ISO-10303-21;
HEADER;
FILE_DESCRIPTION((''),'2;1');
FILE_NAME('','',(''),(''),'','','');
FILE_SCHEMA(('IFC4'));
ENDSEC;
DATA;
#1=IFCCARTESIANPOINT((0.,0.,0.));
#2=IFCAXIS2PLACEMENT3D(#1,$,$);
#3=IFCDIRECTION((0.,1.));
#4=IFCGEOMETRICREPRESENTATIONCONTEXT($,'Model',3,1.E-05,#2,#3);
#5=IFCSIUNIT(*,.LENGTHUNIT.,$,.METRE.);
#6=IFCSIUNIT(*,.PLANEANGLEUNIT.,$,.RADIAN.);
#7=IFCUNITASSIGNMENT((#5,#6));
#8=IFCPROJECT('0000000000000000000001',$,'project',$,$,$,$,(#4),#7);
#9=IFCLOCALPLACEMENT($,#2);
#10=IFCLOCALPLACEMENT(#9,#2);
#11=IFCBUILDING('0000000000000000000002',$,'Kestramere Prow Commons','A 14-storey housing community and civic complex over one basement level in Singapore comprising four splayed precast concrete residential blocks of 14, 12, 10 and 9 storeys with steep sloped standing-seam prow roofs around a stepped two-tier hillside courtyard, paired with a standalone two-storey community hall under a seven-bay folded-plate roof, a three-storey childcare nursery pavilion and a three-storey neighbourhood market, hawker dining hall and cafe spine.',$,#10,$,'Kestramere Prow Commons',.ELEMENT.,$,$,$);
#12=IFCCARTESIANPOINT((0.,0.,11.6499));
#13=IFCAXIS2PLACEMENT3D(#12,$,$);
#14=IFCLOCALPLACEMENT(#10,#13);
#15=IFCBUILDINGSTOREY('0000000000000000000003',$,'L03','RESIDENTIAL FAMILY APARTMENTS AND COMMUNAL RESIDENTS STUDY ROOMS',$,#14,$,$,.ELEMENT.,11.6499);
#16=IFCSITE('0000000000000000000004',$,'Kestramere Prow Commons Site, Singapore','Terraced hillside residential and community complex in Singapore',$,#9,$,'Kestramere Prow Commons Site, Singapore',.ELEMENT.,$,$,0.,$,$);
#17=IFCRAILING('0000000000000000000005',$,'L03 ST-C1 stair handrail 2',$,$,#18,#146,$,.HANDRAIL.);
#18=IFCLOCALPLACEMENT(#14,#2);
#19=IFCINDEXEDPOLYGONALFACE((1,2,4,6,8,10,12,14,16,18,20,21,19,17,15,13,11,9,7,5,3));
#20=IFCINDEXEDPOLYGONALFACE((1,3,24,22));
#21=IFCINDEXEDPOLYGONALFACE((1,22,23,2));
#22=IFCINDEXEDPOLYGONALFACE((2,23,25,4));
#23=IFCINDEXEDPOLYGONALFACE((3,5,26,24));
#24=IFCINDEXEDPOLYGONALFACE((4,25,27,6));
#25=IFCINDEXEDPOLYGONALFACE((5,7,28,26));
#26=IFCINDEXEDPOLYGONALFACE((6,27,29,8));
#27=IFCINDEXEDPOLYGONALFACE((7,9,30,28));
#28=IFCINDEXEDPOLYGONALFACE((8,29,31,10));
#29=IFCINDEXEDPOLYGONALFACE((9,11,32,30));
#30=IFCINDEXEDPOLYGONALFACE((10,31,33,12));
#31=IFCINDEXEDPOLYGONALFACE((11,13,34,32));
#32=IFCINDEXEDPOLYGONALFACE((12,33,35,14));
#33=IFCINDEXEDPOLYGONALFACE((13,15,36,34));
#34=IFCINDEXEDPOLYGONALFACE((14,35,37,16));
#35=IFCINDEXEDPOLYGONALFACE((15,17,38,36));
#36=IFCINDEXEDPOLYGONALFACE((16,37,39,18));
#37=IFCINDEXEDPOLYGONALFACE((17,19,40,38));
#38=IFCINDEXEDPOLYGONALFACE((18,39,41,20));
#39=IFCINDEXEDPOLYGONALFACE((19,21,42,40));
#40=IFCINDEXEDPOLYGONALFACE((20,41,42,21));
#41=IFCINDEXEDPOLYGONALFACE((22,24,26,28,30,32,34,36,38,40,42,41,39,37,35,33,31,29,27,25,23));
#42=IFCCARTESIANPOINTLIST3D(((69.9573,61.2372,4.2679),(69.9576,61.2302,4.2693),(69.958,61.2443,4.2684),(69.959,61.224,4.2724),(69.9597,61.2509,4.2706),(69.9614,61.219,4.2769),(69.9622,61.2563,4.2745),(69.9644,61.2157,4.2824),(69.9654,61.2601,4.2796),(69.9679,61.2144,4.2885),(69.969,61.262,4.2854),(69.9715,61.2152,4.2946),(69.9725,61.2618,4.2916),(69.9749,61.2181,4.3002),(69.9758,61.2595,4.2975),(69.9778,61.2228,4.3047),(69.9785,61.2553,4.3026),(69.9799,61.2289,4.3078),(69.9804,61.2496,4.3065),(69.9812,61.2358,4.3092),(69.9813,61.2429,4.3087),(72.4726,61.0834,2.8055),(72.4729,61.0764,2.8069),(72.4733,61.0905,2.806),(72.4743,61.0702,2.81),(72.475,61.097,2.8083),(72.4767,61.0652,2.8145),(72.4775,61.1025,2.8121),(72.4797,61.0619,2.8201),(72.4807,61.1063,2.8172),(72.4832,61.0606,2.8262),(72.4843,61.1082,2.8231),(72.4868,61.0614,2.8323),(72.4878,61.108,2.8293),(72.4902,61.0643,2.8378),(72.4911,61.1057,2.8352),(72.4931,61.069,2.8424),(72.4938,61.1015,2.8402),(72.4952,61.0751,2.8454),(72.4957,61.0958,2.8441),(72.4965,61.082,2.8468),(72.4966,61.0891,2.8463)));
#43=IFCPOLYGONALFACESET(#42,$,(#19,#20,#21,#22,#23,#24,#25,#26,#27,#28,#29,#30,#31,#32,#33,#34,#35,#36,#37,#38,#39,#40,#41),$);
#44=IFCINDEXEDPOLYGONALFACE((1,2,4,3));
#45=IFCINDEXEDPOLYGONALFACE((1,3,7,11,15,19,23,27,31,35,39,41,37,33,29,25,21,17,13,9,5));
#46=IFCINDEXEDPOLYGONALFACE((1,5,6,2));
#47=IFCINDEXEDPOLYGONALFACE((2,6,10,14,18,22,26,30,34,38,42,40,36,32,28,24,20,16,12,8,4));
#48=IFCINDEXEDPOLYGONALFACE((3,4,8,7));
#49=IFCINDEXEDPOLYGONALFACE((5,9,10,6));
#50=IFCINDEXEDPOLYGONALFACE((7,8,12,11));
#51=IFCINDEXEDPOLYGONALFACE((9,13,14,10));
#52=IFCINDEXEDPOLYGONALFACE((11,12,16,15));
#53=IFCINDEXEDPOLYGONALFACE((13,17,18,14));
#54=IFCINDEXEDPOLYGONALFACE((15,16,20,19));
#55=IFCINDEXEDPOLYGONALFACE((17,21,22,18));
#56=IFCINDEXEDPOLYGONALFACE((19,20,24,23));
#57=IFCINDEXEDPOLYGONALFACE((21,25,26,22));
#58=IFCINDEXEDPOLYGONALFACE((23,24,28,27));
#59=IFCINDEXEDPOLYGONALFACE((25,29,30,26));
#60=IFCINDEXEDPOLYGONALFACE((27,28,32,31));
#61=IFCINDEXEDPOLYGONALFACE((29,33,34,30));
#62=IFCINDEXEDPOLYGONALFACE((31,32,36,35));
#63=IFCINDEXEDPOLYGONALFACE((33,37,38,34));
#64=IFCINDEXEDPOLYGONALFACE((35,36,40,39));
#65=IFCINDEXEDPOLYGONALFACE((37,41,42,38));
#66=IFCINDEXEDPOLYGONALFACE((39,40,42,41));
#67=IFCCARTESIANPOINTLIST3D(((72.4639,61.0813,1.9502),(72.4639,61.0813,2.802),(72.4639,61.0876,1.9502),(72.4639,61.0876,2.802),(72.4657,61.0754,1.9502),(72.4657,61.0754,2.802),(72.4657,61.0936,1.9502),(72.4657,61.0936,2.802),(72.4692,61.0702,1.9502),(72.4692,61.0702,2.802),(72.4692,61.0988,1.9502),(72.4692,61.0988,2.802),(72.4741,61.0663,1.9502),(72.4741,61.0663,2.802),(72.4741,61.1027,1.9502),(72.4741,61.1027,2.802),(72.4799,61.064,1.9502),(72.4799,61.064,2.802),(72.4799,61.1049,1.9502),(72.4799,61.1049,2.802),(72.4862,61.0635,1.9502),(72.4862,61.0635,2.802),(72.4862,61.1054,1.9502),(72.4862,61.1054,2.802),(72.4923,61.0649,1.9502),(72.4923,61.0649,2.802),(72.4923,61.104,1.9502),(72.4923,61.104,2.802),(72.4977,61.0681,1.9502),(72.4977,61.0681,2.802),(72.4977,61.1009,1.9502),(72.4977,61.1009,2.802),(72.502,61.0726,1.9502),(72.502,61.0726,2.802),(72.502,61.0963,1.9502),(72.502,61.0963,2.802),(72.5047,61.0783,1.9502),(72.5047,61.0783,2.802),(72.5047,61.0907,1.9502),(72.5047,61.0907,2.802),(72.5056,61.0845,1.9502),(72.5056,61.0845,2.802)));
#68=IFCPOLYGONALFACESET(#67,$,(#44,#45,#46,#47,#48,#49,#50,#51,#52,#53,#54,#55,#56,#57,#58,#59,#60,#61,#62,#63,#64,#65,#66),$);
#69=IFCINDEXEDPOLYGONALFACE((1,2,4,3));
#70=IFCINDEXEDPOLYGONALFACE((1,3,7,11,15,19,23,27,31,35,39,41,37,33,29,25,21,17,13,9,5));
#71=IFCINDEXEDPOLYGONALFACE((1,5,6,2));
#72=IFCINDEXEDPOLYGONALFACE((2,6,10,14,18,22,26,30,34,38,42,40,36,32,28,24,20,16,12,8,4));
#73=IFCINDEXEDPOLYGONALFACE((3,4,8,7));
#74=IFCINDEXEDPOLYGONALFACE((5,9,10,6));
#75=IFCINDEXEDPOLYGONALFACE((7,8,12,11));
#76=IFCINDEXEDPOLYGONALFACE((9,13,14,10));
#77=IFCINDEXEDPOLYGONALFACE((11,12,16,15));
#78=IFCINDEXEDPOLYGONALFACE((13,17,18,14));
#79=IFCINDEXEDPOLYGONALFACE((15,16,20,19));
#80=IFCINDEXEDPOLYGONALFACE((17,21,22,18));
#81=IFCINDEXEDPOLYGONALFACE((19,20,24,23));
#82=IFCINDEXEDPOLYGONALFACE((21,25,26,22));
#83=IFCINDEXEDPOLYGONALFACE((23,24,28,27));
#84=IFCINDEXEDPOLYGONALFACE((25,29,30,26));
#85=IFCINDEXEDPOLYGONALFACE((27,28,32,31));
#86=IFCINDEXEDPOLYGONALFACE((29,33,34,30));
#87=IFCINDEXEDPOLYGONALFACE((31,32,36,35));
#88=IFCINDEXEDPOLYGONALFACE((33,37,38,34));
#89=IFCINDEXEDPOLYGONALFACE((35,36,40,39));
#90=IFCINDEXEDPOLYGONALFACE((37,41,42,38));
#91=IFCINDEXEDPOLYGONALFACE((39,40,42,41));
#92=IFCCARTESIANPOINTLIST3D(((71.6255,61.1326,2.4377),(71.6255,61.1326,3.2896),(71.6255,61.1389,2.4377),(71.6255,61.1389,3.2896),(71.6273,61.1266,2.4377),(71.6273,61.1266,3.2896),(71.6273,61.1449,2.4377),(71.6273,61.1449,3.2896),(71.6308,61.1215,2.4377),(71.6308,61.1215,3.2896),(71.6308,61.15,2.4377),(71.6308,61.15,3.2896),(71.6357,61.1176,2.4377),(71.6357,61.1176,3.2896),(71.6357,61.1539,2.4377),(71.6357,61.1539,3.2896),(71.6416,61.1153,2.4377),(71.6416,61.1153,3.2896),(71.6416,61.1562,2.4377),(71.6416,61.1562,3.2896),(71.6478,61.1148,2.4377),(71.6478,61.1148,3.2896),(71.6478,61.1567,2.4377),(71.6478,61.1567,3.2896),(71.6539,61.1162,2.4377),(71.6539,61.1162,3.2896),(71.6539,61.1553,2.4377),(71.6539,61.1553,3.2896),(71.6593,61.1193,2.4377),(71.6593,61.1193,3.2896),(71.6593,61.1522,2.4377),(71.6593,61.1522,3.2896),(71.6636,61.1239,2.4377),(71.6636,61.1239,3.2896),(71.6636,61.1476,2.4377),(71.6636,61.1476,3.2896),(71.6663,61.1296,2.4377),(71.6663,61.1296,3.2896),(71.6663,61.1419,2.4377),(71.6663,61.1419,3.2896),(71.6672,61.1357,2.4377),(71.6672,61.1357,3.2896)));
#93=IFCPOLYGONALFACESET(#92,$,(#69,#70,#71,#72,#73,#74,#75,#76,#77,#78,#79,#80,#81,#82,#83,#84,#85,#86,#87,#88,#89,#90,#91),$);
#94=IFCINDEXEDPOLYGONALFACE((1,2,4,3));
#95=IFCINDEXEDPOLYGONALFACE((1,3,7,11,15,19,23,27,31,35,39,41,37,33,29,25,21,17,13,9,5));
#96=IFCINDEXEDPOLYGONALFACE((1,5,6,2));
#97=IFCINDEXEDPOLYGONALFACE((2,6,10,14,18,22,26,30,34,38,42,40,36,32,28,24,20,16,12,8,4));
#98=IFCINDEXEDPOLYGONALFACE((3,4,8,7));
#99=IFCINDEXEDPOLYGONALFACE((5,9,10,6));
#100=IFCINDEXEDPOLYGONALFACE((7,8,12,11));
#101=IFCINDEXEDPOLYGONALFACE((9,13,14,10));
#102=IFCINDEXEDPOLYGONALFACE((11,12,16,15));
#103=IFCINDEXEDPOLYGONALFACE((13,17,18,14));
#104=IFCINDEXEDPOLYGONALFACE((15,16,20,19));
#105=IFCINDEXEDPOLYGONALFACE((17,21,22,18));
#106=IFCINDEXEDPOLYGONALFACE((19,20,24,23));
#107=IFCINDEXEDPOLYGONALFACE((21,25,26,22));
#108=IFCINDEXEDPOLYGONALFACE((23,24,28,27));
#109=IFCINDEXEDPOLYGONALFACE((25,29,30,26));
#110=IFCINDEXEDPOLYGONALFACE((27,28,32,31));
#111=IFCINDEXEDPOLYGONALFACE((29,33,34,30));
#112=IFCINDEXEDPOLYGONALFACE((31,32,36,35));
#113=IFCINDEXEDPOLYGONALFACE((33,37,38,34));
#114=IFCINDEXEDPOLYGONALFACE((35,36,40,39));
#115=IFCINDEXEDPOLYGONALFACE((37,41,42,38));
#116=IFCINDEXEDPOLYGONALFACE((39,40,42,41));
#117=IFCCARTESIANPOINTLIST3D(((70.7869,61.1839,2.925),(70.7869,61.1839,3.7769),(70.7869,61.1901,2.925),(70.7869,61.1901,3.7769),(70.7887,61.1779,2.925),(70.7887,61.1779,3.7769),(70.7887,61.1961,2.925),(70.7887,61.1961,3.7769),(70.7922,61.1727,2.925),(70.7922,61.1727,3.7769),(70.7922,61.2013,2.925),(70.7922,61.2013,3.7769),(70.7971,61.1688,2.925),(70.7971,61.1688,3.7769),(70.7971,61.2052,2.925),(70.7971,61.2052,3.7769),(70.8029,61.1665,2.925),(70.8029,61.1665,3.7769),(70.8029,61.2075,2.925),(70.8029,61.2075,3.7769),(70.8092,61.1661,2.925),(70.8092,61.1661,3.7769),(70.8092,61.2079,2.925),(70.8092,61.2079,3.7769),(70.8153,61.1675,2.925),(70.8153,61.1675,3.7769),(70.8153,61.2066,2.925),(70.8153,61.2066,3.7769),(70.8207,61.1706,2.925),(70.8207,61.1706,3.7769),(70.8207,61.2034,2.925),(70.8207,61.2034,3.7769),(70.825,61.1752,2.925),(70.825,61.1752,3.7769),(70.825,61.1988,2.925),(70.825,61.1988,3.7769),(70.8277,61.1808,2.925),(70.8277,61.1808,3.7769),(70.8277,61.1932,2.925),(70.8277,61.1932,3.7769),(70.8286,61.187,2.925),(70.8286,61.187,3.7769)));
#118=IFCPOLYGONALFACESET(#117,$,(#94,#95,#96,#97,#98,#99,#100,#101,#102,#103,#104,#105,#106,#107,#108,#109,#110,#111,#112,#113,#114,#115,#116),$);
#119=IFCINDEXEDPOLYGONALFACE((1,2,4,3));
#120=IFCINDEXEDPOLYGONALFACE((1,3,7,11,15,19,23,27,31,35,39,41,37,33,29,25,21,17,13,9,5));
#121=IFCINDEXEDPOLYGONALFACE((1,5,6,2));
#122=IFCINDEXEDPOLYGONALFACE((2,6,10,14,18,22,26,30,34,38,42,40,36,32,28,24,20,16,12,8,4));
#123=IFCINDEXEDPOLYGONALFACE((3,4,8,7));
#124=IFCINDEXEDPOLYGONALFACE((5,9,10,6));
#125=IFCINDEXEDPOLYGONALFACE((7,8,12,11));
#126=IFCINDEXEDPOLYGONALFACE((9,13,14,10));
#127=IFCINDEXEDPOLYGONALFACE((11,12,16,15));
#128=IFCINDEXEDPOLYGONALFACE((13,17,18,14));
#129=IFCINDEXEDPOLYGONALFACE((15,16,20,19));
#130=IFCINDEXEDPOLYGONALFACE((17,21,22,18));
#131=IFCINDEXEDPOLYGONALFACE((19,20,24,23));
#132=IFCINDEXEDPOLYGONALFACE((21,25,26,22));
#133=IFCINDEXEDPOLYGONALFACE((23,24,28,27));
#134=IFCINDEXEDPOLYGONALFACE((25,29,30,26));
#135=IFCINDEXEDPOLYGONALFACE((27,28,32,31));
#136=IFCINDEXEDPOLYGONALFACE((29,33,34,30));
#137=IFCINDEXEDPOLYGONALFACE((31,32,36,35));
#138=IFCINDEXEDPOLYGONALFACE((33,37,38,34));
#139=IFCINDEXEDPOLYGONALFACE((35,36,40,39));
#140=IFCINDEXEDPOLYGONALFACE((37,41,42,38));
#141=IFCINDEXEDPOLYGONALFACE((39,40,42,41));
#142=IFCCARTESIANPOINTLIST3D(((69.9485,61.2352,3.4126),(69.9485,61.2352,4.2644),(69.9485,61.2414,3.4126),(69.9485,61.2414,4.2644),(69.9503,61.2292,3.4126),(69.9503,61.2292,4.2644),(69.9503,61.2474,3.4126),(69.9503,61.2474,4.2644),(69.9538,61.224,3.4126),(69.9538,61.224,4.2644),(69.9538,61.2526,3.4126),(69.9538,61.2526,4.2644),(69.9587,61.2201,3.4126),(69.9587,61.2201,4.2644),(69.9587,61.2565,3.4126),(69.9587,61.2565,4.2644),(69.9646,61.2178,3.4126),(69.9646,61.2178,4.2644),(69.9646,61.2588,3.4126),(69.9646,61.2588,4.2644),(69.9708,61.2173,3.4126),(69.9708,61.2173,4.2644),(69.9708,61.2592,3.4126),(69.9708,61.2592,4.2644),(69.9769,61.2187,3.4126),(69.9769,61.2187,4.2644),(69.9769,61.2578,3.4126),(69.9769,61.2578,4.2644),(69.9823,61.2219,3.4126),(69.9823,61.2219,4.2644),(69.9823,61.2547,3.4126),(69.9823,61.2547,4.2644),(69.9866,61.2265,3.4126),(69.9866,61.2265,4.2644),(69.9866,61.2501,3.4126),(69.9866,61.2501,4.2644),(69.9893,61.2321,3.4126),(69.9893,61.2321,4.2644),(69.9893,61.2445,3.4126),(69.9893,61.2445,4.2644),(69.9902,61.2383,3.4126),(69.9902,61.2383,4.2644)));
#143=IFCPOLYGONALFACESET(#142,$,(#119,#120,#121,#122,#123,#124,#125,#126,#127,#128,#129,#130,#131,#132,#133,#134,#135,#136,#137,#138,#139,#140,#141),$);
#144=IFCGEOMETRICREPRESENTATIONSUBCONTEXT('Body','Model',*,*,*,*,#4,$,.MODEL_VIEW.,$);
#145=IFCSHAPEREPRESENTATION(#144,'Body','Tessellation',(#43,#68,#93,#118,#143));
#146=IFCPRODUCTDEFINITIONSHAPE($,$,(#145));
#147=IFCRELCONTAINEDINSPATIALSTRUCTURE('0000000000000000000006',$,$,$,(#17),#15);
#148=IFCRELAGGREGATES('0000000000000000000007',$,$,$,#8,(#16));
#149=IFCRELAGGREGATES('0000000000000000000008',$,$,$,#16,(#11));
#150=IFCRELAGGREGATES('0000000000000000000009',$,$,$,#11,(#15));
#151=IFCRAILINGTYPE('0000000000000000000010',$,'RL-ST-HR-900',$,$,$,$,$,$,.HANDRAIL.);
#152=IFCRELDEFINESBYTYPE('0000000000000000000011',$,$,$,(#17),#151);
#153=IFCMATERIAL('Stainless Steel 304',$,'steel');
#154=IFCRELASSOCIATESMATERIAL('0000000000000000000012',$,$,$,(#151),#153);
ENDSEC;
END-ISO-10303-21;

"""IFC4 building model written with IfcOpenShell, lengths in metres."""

from ifc_helpers import new_model, si_unit, direction, frame, origin, origin_2d, place, context, subcontext, project, spatial, circle, extrude, material, type_object, element, save


model = new_model("IFC4")

# Units and contexts
model_context = context("Model", 3, precision=1e-05, world=origin(), true_north=direction((0.0, 1.0)))
body_context = subcontext(model_context, "Body", "Model", "MODEL_VIEW")
ifc_project = project(units=[si_unit("LENGTHUNIT", "METRE"), si_unit("PLANEANGLEUNIT", "RADIAN")], contexts=[model_context])

# Site, building, storey
site_placement = place(None, origin())
site = spatial("IfcSite", under=ifc_project, at=site_placement, Name="Kestramere Prow Commons Site, Singapore", Description="Terraced hillside residential and community complex in Singapore", LongName="Kestramere Prow Commons Site, Singapore", CompositionType="ELEMENT", RefElevation=0.0)
building_placement = place(site_placement, origin())
building = spatial("IfcBuilding", under=site, at=building_placement, Name="Kestramere Prow Commons", Description="A 14-storey housing community and civic complex over one basement level in Singapore comprising four splayed precast concrete residential blocks of 14, 12, 10 and 9 storeys with steep sloped standing-seam prow roofs around a stepped two-tier hillside courtyard, paired with a standalone two-storey community hall under a seven-bay folded-plate roof, a three-storey childcare nursery pavilion and a three-storey neighbourhood market, hawker dining hall and cafe spine.", LongName="Kestramere Prow Commons", CompositionType="ELEMENT")
storey_placement = place(building_placement, frame((0.0, 0.0, 11.6499)))
storey = spatial("IfcBuildingStorey", under=building, at=storey_placement, Name="L03", Description="RESIDENTIAL FAMILY APARTMENTS AND COMMUNAL RESIDENTS STUDY ROOMS", CompositionType="ELEMENT", Elevation=11.6499)

# Railing
ifc_material_1 = material(Name="Stainless Steel 304", Category="steel")
railing_type_1 = type_object("IfcRailingType", Name="RL-ST-HR-900", PredefinedType="HANDRAIL", material=ifc_material_1)
railing_1_placement = place(storey_placement, frame((72.4846, 61.0845, 1.9502)))
element("IfcRailing", 1, at=railing_1_placement, inside=storey, type_object=railing_type_1, Name="L03 ST-C1 stair handrail 2", PredefinedType="HANDRAIL", context=body_context, shape_type="SweptSolid", body=[
    extrude(circle(Radius=0.0239, at=origin_2d()), frame((0.0, 0.0, 0.876), z_axis=(-0.863306, 0.052789, 0.501912), x_axis=(-0.061033, -0.998136, 0.0)), (0.0, 0.0, 1.0), 2.9136),
    extrude(circle(Radius=0.021, at=origin_2d()), origin(), (0.0, 0.0, 1.0), 0.8518),
    extrude(circle(Radius=0.021, at=origin_2d()), frame((-0.8384, 0.0513, 0.4875)), (0.0, 0.0, 1.0), 0.8518),
    extrude(circle(Radius=0.021, at=origin_2d()), frame((-1.677, 0.1025, 0.9749)), (0.0, 0.0, 1.0), 0.8518),
    extrude(circle(Radius=0.021, at=origin_2d()), frame((-2.5154, 0.1538, 1.4624)), (0.0, 0.0, 1.0), 0.8518),
])

save(model, "model.ifc")
